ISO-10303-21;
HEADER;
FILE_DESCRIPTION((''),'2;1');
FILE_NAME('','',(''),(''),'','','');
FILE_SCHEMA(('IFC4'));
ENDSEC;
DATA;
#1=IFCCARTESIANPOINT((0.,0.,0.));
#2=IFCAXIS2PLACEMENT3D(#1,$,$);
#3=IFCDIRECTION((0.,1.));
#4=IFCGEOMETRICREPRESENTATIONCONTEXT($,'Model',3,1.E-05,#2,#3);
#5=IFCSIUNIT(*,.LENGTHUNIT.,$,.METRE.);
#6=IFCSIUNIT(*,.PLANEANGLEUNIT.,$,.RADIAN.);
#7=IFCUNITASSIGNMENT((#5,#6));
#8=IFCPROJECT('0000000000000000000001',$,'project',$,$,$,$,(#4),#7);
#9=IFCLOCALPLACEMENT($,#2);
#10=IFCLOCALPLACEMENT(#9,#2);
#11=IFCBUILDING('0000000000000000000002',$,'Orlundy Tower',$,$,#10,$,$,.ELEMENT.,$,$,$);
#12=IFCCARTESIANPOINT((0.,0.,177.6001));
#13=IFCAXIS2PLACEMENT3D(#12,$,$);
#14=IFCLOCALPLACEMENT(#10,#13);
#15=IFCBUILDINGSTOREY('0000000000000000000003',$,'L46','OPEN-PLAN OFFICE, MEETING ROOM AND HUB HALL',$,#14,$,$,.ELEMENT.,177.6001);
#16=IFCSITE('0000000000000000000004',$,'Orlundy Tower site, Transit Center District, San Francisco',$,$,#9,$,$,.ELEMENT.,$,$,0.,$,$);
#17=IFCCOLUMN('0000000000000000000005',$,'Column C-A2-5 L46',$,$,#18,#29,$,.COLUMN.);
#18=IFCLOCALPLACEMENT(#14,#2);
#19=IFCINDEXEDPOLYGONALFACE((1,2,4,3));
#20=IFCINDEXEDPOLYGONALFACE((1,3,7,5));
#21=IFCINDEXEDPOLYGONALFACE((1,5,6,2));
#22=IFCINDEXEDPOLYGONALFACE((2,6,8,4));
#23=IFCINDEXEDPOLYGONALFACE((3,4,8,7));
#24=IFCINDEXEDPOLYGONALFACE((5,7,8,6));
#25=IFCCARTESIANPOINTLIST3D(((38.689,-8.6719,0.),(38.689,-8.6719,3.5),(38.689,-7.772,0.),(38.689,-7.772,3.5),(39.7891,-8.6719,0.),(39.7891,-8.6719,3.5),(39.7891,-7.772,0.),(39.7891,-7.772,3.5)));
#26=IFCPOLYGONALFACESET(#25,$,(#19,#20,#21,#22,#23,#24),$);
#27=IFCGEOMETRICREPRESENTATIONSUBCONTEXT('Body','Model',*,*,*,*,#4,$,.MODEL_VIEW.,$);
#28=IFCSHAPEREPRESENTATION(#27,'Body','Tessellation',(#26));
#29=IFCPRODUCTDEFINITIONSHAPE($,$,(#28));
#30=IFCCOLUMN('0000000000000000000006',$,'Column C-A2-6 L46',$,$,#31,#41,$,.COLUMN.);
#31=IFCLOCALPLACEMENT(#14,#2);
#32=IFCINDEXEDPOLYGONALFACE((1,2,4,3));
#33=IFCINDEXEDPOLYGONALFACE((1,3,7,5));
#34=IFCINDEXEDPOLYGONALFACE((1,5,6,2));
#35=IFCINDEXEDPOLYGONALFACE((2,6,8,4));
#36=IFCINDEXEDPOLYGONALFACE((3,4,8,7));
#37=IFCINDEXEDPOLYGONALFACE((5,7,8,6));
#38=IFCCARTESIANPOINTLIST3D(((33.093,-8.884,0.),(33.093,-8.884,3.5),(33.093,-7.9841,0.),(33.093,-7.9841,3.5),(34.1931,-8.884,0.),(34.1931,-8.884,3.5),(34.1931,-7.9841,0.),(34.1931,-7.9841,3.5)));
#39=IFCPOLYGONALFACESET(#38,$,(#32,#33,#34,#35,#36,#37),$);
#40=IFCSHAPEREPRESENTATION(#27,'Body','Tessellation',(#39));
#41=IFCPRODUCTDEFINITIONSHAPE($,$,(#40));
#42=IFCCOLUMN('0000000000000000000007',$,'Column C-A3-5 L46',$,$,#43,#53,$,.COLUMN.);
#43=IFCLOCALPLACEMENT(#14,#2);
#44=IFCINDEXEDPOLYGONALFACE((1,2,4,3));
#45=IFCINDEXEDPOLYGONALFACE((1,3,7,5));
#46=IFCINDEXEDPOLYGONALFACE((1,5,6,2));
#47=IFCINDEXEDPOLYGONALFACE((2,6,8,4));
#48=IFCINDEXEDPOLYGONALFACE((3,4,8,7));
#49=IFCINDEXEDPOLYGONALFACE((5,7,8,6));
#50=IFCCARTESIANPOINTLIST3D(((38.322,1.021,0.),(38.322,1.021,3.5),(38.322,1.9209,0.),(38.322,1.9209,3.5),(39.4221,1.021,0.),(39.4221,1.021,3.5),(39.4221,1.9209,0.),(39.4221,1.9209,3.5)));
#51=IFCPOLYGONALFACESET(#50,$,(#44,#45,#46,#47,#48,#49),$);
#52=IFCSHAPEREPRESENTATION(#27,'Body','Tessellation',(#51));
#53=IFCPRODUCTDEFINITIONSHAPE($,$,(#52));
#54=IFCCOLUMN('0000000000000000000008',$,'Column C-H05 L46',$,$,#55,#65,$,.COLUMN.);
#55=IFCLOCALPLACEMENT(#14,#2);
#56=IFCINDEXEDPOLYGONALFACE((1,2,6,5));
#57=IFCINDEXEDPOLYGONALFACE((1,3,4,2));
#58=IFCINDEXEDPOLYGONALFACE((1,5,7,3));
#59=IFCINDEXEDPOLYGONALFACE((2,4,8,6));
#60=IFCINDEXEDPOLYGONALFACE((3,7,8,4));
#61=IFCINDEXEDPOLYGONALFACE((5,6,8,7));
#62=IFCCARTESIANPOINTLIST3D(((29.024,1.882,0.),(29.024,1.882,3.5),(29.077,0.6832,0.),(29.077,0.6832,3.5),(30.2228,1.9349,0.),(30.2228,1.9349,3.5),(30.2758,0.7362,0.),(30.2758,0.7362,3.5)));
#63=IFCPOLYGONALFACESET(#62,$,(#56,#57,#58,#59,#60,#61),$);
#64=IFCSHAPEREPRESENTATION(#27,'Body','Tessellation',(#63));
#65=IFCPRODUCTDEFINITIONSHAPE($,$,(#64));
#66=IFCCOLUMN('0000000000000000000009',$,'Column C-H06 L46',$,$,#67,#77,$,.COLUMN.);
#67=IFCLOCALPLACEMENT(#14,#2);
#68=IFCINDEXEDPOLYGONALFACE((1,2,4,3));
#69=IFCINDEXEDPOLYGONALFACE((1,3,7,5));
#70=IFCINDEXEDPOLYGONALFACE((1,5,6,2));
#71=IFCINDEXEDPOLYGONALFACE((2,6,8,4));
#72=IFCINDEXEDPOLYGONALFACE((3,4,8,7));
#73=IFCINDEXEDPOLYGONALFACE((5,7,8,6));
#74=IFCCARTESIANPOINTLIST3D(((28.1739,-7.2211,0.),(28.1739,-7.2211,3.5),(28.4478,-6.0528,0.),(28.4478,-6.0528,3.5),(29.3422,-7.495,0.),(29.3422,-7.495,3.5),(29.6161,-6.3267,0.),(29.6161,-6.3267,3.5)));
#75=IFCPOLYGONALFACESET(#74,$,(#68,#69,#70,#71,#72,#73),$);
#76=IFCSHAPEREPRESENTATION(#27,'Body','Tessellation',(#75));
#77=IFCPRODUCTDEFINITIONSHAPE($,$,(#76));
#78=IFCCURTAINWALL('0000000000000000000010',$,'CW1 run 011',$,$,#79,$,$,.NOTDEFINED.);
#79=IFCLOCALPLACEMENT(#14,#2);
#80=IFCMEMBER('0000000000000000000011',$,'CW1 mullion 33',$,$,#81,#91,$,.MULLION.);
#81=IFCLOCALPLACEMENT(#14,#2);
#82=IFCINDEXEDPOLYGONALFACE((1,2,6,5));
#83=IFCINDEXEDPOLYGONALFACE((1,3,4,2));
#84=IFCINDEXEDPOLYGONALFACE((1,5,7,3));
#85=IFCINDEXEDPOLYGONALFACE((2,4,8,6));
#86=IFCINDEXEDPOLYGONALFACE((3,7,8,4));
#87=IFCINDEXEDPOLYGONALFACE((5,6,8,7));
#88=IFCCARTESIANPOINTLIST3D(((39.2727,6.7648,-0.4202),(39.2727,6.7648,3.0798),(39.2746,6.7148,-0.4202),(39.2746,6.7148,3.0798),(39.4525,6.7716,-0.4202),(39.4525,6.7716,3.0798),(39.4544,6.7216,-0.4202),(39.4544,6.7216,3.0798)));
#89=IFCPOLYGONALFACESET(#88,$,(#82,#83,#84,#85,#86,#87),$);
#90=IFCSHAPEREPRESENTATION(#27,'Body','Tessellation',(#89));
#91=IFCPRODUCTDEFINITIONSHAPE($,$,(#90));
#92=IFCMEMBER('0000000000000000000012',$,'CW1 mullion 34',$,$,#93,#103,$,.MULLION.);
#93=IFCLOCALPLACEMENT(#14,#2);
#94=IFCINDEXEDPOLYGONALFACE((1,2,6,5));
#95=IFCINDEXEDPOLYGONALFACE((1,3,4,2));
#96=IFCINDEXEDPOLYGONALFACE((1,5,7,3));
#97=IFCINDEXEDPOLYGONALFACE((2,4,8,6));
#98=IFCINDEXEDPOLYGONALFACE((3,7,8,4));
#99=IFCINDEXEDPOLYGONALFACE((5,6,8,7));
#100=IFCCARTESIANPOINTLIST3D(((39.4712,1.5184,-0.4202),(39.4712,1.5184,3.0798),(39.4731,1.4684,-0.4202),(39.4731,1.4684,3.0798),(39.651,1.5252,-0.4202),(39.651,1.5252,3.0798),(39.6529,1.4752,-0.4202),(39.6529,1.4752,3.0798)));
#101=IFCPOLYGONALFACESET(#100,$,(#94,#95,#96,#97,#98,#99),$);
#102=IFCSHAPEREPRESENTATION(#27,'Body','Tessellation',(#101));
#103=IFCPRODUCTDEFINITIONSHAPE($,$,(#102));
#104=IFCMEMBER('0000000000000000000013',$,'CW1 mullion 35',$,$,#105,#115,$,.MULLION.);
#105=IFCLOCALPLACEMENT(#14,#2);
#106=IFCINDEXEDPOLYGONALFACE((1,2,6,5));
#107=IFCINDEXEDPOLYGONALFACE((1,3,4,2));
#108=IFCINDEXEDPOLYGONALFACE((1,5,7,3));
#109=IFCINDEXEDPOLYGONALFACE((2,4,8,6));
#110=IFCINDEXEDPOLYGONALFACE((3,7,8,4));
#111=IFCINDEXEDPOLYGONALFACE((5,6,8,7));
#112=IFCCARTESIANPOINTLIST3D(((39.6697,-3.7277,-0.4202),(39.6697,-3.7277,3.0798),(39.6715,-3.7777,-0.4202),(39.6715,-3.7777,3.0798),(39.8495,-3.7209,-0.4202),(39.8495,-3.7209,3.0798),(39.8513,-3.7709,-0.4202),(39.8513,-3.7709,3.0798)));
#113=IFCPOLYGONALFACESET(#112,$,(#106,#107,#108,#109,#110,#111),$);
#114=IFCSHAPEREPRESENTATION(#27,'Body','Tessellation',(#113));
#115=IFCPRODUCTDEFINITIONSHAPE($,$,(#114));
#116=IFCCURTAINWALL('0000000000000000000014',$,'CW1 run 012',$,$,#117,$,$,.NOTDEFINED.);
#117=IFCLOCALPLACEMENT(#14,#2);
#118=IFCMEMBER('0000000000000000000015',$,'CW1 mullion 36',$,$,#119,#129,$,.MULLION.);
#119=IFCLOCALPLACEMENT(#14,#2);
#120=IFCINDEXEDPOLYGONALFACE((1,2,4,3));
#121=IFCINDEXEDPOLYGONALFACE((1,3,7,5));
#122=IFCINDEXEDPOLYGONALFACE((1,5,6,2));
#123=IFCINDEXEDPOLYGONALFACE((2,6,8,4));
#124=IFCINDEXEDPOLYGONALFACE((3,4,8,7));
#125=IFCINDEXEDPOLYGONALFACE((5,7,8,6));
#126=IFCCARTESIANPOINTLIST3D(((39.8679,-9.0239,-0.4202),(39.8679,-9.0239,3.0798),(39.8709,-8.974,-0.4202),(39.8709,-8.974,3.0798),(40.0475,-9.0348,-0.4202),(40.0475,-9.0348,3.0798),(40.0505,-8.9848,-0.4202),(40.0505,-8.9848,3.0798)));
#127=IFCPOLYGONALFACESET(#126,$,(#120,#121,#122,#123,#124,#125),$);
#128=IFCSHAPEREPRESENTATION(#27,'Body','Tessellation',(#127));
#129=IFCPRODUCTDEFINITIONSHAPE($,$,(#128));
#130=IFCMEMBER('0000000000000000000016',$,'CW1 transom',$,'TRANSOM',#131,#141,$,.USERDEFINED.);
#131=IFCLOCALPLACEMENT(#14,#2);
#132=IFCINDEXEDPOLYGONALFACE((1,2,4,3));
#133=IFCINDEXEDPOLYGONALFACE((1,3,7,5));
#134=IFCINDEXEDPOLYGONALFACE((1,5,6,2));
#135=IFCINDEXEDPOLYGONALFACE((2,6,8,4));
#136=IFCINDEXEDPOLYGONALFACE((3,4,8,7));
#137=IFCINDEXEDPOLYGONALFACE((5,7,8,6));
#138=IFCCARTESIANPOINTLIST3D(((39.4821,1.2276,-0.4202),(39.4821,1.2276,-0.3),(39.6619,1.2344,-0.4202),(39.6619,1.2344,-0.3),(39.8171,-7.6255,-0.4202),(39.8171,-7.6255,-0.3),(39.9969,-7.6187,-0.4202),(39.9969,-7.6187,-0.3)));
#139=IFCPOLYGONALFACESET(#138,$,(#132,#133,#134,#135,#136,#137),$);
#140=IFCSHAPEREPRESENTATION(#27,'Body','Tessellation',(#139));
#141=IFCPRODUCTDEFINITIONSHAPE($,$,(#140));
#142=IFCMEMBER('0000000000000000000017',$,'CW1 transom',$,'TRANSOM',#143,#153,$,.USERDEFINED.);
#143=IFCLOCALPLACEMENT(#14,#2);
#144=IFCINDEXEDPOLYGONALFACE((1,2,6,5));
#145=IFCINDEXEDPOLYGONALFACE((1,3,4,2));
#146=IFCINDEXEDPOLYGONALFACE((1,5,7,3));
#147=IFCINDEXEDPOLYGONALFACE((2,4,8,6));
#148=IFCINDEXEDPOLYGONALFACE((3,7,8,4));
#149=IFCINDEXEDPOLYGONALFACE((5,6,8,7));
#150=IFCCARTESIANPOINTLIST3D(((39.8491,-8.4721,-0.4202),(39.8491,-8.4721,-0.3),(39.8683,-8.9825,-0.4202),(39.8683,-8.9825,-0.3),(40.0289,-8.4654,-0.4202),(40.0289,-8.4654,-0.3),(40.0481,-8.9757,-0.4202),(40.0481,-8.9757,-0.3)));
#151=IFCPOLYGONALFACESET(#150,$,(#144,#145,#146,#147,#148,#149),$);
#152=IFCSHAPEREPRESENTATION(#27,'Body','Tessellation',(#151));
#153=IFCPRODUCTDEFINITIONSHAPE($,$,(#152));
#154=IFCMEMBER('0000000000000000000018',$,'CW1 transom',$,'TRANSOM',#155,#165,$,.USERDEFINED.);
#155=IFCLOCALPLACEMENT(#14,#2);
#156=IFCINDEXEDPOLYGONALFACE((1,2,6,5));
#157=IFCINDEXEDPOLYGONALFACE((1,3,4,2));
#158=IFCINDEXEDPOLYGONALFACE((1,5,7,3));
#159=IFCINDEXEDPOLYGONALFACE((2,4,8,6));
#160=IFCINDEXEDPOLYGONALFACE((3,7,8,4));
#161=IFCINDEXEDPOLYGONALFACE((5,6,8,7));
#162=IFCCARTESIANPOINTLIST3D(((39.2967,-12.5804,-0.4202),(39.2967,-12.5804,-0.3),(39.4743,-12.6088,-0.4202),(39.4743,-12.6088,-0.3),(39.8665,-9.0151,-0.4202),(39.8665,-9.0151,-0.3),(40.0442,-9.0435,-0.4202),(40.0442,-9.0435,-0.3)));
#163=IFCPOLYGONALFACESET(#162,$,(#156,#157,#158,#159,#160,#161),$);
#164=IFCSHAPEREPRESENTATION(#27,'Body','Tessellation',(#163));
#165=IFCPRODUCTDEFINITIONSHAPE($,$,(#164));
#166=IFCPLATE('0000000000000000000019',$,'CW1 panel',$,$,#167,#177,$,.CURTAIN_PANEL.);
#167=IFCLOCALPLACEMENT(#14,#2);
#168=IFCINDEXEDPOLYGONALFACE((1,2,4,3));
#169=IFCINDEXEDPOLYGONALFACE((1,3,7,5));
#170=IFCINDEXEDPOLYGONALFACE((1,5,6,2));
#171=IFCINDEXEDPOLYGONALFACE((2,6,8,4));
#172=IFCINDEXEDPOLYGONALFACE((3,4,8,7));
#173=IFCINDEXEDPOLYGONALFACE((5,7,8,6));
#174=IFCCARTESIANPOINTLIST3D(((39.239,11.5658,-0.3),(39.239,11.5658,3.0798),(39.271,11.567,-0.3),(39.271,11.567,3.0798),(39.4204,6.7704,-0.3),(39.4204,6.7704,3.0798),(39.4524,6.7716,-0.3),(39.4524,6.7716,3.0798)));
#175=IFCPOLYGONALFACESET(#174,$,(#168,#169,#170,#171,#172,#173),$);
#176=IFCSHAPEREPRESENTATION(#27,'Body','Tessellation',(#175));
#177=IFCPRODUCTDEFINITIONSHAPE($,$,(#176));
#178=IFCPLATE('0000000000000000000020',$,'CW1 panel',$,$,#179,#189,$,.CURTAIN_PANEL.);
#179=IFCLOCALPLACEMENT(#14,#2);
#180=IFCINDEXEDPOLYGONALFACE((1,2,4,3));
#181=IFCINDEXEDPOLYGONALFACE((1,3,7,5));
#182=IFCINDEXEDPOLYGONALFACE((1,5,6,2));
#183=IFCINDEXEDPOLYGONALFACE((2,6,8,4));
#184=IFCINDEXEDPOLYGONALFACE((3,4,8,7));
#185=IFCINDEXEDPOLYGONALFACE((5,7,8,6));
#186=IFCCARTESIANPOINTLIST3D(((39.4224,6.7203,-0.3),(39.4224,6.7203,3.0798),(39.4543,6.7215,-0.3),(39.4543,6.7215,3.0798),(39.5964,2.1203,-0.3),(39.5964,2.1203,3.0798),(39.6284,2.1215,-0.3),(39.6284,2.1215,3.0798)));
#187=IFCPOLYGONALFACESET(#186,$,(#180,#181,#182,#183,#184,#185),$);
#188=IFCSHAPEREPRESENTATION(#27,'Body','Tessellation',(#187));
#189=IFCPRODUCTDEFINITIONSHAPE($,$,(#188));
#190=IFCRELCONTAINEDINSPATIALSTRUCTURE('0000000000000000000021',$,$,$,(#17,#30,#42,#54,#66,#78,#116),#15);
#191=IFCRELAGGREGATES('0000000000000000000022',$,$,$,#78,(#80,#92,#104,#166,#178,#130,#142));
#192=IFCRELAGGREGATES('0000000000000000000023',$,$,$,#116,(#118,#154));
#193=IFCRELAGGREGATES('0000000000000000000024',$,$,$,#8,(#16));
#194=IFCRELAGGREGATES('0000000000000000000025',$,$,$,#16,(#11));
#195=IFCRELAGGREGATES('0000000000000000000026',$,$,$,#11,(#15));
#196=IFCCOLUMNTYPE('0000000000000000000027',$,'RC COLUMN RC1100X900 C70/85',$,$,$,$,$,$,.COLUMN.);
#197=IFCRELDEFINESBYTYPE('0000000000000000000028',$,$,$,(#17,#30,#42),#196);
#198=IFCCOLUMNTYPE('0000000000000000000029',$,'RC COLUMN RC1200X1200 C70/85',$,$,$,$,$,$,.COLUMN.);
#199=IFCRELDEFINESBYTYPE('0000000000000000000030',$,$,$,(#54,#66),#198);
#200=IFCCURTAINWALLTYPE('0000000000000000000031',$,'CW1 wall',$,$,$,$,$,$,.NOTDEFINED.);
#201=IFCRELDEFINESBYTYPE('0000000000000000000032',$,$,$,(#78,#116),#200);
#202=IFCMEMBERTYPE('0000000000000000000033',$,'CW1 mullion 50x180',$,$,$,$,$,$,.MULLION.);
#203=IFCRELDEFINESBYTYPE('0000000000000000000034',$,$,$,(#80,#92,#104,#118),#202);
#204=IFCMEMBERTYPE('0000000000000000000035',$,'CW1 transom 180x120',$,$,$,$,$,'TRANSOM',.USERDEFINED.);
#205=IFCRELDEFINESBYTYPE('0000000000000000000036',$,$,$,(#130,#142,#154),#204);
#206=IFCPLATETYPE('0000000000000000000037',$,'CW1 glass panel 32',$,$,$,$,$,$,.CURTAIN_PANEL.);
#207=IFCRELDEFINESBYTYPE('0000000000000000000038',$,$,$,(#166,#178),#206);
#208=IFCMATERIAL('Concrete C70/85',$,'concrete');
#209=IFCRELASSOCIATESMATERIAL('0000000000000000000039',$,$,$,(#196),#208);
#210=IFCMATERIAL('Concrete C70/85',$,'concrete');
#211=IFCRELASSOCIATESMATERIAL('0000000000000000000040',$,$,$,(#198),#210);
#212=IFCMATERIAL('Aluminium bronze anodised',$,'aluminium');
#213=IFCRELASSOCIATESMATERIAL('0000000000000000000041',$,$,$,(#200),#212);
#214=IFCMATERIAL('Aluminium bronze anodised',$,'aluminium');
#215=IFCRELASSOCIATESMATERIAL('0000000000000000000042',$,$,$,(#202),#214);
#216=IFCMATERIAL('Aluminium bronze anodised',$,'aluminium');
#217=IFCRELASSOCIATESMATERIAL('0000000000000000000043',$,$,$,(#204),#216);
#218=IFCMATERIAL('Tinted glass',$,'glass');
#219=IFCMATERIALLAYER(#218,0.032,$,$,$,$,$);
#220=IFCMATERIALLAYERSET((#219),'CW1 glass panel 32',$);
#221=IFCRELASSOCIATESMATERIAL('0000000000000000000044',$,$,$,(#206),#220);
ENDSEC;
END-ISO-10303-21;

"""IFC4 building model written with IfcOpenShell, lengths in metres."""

from ifc_helpers import new_model, si_unit, direction, frame, origin, origin_2d, place, context, subcontext, project, spatial, rectangle, extrude, material, layer, layer_set, material_profile, profile_set, type_object, element, aggregate, save


model = new_model("IFC4")

# Units and contexts
model_context = context("Model", 3, precision=1e-05, world=origin(), true_north=direction((0.0, 1.0)))
body_context = subcontext(model_context, "Body", "Model", "MODEL_VIEW")
ifc_project = project(units=[si_unit("LENGTHUNIT", "METRE"), si_unit("PLANEANGLEUNIT", "RADIAN")], contexts=[model_context])

# Site, building, storey
site_placement = place(None, origin())
site = spatial("IfcSite", under=ifc_project, at=site_placement, Name="Orlundy Tower site, Transit Center District, San Francisco", CompositionType="ELEMENT", RefElevation=0.0)
building_placement = place(site_placement, origin())
building = spatial("IfcBuilding", under=site, at=building_placement, Name="Orlundy Tower", CompositionType="ELEMENT")
storey_placement = place(building_placement, frame((0.0, 0.0, 177.6001)))
storey = spatial("IfcBuildingStorey", under=building, at=storey_placement, Name="L46", Description="OPEN-PLAN OFFICE, MEETING ROOM AND HUB HALL", CompositionType="ELEMENT", Elevation=177.6001)

# Columns
ifc_material_1 = material(Name="Concrete C70/85", Category="concrete")
ifc_material_profile_1 = material_profile(ifc_material_1, rectangle(XDim=1.1001, YDim=0.8999, at=origin_2d()), Name="RC1100X900")
ifc_profile_set_1 = profile_set([ifc_material_profile_1], Name="Concrete C70/85")
column_type_1 = type_object("IfcColumnType", Name="RC COLUMN RC1100X900 C70/85", PredefinedType="COLUMN", material=ifc_profile_set_1)
for number, where, z_axis, x_axis, name in (
    (1, (39.239, -8.2219, 0.0), (0.0, 0.0, 1.0), (1.0, 0.0, 0.0), "Column C-A2-5 L46"),
    (2, (33.6431, -8.4341, 0.0), (0.0, 0.0, 1.0), (1.0, 0.0, 0.0), "Column C-A2-6 L46"),
    (3, (38.8721, 1.4709, 0.0), (0.0, 0.0, 1.0), (1.0, 0.0, 0.0), "Column C-A3-5 L46"),
):
    element("IfcColumn", number, at=place(storey_placement, frame(where, z_axis=z_axis, x_axis=x_axis)), inside=storey, type_object=column_type_1, Name=name, PredefinedType="COLUMN", context=body_context, shape_type="SweptSolid", body=[
        extrude(rectangle(XDim=1.1001, YDim=0.8999, at=origin_2d()), origin(), (0.0, 0.0, 1.0), 3.5),
    ])
ifc_material_2 = material(Name="Concrete C70/85", Category="concrete")
ifc_material_profile_2 = material_profile(ifc_material_2, rectangle(XDim=1.2, YDim=1.2, at=origin_2d()), Name="RC1200X1200")
ifc_profile_set_2 = profile_set([ifc_material_profile_2], Name="Concrete C70/85")
column_type_2 = type_object("IfcColumnType", Name="RC COLUMN RC1200X1200 C70/85", PredefinedType="COLUMN", material=ifc_profile_set_2)
for number, where, z_axis, x_axis, name in (
    (4, (29.6499, 1.3091, 0.0), (0.0, 0.0, 1.0), (0.999027, 0.044108, 0.0), "Column C-H05 L46"),
    (5, (28.895, -6.7739, 0.0), (0.0, 0.0, 1.0), (0.973603, -0.228249, 0.0), "Column C-H06 L46"),
):
    element("IfcColumn", number, at=place(storey_placement, frame(where, z_axis=z_axis, x_axis=x_axis)), inside=storey, type_object=column_type_2, Name=name, PredefinedType="COLUMN", context=body_context, shape_type="SweptSolid", body=[
        extrude(rectangle(XDim=1.2, YDim=1.2, at=origin_2d()), origin(), (0.0, 0.0, 1.0), 3.5),
    ])

# Curtain wall, members
ifc_material_3 = material(Name="Aluminium bronze anodised", Category="aluminium")
curtain_wall_type = type_object("IfcCurtainWallType", Name="CW1 wall", PredefinedType="NOTDEFINED", material=ifc_material_3)
curtain_wall_1_placement = place(storey_placement, origin())
curtain_wall_1 = element("IfcCurtainWall", 6, at=curtain_wall_1_placement, inside=storey, type_object=curtain_wall_type, Name="CW1 run 011", PredefinedType="NOTDEFINED")
ifc_material_4 = material(Name="Aluminium bronze anodised", Category="aluminium")
ifc_material_profile_3 = material_profile(ifc_material_4, rectangle(XDim=0.1799, YDim=0.05, at=origin_2d()), Name="CW1 mullion 50x180")
ifc_profile_set_3 = profile_set([ifc_material_profile_3], Name="Aluminium bronze anodised")
member_type_1 = type_object("IfcMemberType", Name="CW1 mullion 50x180", PredefinedType="MULLION", material=ifc_profile_set_3)
member_1_placement = place(storey_placement, frame((39.3635, 6.7432, -0.4202), z_axis=(0.0, 0.0, 1.0), x_axis=(0.999285, 0.037809, 0.0)))
member_1 = element("IfcMember", 7, at=member_1_placement, type_object=member_type_1, Name="CW1 mullion 33", PredefinedType="MULLION", context=body_context, shape_type="SweptSolid", body=[
    extrude(rectangle(XDim=0.1799, YDim=0.05, at=origin_2d()), origin(), (0.0, 0.0, 1.0), 3.5),
])
member_2_placement = place(storey_placement, frame((39.562, 1.4968, -0.4202), z_axis=(0.0, 0.0, 1.0), x_axis=(0.999285, 0.037809, 0.0)))
member_2 = element("IfcMember", 8, at=member_2_placement, type_object=member_type_1, Name="CW1 mullion 34", PredefinedType="MULLION", context=body_context, shape_type="SweptSolid", body=[
    extrude(rectangle(XDim=0.1799, YDim=0.05, at=origin_2d()), origin(), (0.0, 0.0, 1.0), 3.5),
])
member_3_placement = place(storey_placement, frame((39.7605, -3.7493, -0.4202), z_axis=(0.0, 0.0, 1.0), x_axis=(0.999285, 0.037809, 0.0)))
member_3 = element("IfcMember", 9, at=member_3_placement, type_object=member_type_1, Name="CW1 mullion 35", PredefinedType="MULLION", context=body_context, shape_type="SweptSolid", body=[
    extrude(rectangle(XDim=0.1799, YDim=0.05, at=origin_2d()), origin(), (0.0, 0.0, 1.0), 3.5),
])

# Curtain wall, member
curtain_wall_2_placement = place(storey_placement, origin())
curtain_wall_2 = element("IfcCurtainWall", 10, at=curtain_wall_2_placement, inside=storey, type_object=curtain_wall_type, Name="CW1 run 012", PredefinedType="NOTDEFINED")
member_4_placement = place(storey_placement, frame((39.9592, -9.0044, -0.4202), z_axis=(0.0, 0.0, 1.0), x_axis=(0.99818, -0.060302, 0.0)))
member_4 = element("IfcMember", 11, at=member_4_placement, type_object=member_type_1, Name="CW1 mullion 36", PredefinedType="MULLION", context=body_context, shape_type="SweptSolid", body=[
    extrude(rectangle(XDim=0.1799, YDim=0.05, at=origin_2d()), origin(), (0.0, 0.0, 1.0), 3.5),
])

# Members
ifc_material_5 = material(Name="Aluminium bronze anodised", Category="aluminium")
ifc_material_profile_4 = material_profile(ifc_material_5, rectangle(XDim=0.1799, YDim=0.1201, at=origin_2d()), Name="CW1 transom 180x120")
ifc_profile_set_4 = profile_set([ifc_material_profile_4], Name="Aluminium bronze anodised")
member_type_2 = type_object("IfcMemberType", Name="CW1 transom 180x120", ElementType="TRANSOM", PredefinedType="USERDEFINED", material=ifc_profile_set_4)
member_5_placement = place(storey_placement, frame((39.572, 1.231, -0.3601), z_axis=(0.037809, -0.999285, 0.0), x_axis=(0.999285, 0.037809, 0.0)))
member_5 = element("IfcMember", 12, at=member_5_placement, type_object=member_type_2, Name="CW1 transom", ObjectType="TRANSOM", PredefinedType="USERDEFINED", context=body_context, shape_type="SweptSolid", body=[
    extrude(rectangle(XDim=0.1799, YDim=0.1201, at=origin_2d()), origin(), (0.0, 0.0, 1.0), 8.8594),
])
member_6_placement = place(storey_placement, frame((39.939, -8.4688, -0.3601), z_axis=(0.037754, -0.999287, 0.0), x_axis=(0.999287, 0.037754, 0.0)))
member_6 = element("IfcMember", 13, at=member_6_placement, type_object=member_type_2, Name="CW1 transom", ObjectType="TRANSOM", PredefinedType="USERDEFINED", context=body_context, shape_type="SweptSolid", body=[
    extrude(rectangle(XDim=0.1799, YDim=0.1201, at=origin_2d()), origin(), (0.0, 0.0, 1.0), 0.5107),
])
member_7_placement = place(storey_placement, frame((39.9553, -9.0293, -0.3601), z_axis=(-0.157816, -0.987468, 0.0), x_axis=(0.987468, -0.157816, 0.0)))
member_7 = element("IfcMember", 14, at=member_7_placement, type_object=member_type_2, Name="CW1 transom", ObjectType="TRANSOM", PredefinedType="USERDEFINED", context=body_context, shape_type="SweptSolid", body=[
    extrude(rectangle(XDim=0.1799, YDim=0.1201, at=origin_2d()), origin(), (0.0, 0.0, 1.0), 3.6106),
])

# Plates
ifc_material_6 = material(Name="Tinted glass", Category="glass")
ifc_layer_1 = layer(ifc_material_6, 0.032)
ifc_layer_set_1 = layer_set([ifc_layer_1], Name="CW1 glass panel 32")
plate_type = type_object("IfcPlateType", Name="CW1 glass panel 32", PredefinedType="CURTAIN_PANEL", material=ifc_layer_set_1)
plate_1_placement = place(storey_placement, frame((39.3457, 9.1687, -0.3), z_axis=(0.0, 0.0, 1.0), x_axis=(0.037809, -0.999285, 0.0)))
plate_1 = element("IfcPlate", 15, at=plate_1_placement, type_object=plate_type, Name="CW1 panel", PredefinedType="CURTAIN_PANEL", context=body_context, shape_type="SweptSolid", body=[
    extrude(rectangle(XDim=4.7988, YDim=0.032, at=origin_2d()), origin(), (0.0, 0.0, 1.0), 3.3799),
])
plate_2_placement = place(storey_placement, frame((39.5254, 4.4209, -0.3), z_axis=(0.0, 0.0, 1.0), x_axis=(0.037809, -0.999285, 0.0)))
plate_2 = element("IfcPlate", 16, at=plate_2_placement, type_object=plate_type, Name="CW1 panel", PredefinedType="CURTAIN_PANEL", context=body_context, shape_type="SweptSolid", body=[
    extrude(rectangle(XDim=4.6033, YDim=0.032, at=origin_2d()), origin(), (0.0, 0.0, 1.0), 3.3799),
])
aggregate(curtain_wall_1, [member_1, member_2, member_3, plate_1, plate_2, member_5, member_6])
aggregate(curtain_wall_2, [member_4, member_7])

save(model, "model.ifc")
